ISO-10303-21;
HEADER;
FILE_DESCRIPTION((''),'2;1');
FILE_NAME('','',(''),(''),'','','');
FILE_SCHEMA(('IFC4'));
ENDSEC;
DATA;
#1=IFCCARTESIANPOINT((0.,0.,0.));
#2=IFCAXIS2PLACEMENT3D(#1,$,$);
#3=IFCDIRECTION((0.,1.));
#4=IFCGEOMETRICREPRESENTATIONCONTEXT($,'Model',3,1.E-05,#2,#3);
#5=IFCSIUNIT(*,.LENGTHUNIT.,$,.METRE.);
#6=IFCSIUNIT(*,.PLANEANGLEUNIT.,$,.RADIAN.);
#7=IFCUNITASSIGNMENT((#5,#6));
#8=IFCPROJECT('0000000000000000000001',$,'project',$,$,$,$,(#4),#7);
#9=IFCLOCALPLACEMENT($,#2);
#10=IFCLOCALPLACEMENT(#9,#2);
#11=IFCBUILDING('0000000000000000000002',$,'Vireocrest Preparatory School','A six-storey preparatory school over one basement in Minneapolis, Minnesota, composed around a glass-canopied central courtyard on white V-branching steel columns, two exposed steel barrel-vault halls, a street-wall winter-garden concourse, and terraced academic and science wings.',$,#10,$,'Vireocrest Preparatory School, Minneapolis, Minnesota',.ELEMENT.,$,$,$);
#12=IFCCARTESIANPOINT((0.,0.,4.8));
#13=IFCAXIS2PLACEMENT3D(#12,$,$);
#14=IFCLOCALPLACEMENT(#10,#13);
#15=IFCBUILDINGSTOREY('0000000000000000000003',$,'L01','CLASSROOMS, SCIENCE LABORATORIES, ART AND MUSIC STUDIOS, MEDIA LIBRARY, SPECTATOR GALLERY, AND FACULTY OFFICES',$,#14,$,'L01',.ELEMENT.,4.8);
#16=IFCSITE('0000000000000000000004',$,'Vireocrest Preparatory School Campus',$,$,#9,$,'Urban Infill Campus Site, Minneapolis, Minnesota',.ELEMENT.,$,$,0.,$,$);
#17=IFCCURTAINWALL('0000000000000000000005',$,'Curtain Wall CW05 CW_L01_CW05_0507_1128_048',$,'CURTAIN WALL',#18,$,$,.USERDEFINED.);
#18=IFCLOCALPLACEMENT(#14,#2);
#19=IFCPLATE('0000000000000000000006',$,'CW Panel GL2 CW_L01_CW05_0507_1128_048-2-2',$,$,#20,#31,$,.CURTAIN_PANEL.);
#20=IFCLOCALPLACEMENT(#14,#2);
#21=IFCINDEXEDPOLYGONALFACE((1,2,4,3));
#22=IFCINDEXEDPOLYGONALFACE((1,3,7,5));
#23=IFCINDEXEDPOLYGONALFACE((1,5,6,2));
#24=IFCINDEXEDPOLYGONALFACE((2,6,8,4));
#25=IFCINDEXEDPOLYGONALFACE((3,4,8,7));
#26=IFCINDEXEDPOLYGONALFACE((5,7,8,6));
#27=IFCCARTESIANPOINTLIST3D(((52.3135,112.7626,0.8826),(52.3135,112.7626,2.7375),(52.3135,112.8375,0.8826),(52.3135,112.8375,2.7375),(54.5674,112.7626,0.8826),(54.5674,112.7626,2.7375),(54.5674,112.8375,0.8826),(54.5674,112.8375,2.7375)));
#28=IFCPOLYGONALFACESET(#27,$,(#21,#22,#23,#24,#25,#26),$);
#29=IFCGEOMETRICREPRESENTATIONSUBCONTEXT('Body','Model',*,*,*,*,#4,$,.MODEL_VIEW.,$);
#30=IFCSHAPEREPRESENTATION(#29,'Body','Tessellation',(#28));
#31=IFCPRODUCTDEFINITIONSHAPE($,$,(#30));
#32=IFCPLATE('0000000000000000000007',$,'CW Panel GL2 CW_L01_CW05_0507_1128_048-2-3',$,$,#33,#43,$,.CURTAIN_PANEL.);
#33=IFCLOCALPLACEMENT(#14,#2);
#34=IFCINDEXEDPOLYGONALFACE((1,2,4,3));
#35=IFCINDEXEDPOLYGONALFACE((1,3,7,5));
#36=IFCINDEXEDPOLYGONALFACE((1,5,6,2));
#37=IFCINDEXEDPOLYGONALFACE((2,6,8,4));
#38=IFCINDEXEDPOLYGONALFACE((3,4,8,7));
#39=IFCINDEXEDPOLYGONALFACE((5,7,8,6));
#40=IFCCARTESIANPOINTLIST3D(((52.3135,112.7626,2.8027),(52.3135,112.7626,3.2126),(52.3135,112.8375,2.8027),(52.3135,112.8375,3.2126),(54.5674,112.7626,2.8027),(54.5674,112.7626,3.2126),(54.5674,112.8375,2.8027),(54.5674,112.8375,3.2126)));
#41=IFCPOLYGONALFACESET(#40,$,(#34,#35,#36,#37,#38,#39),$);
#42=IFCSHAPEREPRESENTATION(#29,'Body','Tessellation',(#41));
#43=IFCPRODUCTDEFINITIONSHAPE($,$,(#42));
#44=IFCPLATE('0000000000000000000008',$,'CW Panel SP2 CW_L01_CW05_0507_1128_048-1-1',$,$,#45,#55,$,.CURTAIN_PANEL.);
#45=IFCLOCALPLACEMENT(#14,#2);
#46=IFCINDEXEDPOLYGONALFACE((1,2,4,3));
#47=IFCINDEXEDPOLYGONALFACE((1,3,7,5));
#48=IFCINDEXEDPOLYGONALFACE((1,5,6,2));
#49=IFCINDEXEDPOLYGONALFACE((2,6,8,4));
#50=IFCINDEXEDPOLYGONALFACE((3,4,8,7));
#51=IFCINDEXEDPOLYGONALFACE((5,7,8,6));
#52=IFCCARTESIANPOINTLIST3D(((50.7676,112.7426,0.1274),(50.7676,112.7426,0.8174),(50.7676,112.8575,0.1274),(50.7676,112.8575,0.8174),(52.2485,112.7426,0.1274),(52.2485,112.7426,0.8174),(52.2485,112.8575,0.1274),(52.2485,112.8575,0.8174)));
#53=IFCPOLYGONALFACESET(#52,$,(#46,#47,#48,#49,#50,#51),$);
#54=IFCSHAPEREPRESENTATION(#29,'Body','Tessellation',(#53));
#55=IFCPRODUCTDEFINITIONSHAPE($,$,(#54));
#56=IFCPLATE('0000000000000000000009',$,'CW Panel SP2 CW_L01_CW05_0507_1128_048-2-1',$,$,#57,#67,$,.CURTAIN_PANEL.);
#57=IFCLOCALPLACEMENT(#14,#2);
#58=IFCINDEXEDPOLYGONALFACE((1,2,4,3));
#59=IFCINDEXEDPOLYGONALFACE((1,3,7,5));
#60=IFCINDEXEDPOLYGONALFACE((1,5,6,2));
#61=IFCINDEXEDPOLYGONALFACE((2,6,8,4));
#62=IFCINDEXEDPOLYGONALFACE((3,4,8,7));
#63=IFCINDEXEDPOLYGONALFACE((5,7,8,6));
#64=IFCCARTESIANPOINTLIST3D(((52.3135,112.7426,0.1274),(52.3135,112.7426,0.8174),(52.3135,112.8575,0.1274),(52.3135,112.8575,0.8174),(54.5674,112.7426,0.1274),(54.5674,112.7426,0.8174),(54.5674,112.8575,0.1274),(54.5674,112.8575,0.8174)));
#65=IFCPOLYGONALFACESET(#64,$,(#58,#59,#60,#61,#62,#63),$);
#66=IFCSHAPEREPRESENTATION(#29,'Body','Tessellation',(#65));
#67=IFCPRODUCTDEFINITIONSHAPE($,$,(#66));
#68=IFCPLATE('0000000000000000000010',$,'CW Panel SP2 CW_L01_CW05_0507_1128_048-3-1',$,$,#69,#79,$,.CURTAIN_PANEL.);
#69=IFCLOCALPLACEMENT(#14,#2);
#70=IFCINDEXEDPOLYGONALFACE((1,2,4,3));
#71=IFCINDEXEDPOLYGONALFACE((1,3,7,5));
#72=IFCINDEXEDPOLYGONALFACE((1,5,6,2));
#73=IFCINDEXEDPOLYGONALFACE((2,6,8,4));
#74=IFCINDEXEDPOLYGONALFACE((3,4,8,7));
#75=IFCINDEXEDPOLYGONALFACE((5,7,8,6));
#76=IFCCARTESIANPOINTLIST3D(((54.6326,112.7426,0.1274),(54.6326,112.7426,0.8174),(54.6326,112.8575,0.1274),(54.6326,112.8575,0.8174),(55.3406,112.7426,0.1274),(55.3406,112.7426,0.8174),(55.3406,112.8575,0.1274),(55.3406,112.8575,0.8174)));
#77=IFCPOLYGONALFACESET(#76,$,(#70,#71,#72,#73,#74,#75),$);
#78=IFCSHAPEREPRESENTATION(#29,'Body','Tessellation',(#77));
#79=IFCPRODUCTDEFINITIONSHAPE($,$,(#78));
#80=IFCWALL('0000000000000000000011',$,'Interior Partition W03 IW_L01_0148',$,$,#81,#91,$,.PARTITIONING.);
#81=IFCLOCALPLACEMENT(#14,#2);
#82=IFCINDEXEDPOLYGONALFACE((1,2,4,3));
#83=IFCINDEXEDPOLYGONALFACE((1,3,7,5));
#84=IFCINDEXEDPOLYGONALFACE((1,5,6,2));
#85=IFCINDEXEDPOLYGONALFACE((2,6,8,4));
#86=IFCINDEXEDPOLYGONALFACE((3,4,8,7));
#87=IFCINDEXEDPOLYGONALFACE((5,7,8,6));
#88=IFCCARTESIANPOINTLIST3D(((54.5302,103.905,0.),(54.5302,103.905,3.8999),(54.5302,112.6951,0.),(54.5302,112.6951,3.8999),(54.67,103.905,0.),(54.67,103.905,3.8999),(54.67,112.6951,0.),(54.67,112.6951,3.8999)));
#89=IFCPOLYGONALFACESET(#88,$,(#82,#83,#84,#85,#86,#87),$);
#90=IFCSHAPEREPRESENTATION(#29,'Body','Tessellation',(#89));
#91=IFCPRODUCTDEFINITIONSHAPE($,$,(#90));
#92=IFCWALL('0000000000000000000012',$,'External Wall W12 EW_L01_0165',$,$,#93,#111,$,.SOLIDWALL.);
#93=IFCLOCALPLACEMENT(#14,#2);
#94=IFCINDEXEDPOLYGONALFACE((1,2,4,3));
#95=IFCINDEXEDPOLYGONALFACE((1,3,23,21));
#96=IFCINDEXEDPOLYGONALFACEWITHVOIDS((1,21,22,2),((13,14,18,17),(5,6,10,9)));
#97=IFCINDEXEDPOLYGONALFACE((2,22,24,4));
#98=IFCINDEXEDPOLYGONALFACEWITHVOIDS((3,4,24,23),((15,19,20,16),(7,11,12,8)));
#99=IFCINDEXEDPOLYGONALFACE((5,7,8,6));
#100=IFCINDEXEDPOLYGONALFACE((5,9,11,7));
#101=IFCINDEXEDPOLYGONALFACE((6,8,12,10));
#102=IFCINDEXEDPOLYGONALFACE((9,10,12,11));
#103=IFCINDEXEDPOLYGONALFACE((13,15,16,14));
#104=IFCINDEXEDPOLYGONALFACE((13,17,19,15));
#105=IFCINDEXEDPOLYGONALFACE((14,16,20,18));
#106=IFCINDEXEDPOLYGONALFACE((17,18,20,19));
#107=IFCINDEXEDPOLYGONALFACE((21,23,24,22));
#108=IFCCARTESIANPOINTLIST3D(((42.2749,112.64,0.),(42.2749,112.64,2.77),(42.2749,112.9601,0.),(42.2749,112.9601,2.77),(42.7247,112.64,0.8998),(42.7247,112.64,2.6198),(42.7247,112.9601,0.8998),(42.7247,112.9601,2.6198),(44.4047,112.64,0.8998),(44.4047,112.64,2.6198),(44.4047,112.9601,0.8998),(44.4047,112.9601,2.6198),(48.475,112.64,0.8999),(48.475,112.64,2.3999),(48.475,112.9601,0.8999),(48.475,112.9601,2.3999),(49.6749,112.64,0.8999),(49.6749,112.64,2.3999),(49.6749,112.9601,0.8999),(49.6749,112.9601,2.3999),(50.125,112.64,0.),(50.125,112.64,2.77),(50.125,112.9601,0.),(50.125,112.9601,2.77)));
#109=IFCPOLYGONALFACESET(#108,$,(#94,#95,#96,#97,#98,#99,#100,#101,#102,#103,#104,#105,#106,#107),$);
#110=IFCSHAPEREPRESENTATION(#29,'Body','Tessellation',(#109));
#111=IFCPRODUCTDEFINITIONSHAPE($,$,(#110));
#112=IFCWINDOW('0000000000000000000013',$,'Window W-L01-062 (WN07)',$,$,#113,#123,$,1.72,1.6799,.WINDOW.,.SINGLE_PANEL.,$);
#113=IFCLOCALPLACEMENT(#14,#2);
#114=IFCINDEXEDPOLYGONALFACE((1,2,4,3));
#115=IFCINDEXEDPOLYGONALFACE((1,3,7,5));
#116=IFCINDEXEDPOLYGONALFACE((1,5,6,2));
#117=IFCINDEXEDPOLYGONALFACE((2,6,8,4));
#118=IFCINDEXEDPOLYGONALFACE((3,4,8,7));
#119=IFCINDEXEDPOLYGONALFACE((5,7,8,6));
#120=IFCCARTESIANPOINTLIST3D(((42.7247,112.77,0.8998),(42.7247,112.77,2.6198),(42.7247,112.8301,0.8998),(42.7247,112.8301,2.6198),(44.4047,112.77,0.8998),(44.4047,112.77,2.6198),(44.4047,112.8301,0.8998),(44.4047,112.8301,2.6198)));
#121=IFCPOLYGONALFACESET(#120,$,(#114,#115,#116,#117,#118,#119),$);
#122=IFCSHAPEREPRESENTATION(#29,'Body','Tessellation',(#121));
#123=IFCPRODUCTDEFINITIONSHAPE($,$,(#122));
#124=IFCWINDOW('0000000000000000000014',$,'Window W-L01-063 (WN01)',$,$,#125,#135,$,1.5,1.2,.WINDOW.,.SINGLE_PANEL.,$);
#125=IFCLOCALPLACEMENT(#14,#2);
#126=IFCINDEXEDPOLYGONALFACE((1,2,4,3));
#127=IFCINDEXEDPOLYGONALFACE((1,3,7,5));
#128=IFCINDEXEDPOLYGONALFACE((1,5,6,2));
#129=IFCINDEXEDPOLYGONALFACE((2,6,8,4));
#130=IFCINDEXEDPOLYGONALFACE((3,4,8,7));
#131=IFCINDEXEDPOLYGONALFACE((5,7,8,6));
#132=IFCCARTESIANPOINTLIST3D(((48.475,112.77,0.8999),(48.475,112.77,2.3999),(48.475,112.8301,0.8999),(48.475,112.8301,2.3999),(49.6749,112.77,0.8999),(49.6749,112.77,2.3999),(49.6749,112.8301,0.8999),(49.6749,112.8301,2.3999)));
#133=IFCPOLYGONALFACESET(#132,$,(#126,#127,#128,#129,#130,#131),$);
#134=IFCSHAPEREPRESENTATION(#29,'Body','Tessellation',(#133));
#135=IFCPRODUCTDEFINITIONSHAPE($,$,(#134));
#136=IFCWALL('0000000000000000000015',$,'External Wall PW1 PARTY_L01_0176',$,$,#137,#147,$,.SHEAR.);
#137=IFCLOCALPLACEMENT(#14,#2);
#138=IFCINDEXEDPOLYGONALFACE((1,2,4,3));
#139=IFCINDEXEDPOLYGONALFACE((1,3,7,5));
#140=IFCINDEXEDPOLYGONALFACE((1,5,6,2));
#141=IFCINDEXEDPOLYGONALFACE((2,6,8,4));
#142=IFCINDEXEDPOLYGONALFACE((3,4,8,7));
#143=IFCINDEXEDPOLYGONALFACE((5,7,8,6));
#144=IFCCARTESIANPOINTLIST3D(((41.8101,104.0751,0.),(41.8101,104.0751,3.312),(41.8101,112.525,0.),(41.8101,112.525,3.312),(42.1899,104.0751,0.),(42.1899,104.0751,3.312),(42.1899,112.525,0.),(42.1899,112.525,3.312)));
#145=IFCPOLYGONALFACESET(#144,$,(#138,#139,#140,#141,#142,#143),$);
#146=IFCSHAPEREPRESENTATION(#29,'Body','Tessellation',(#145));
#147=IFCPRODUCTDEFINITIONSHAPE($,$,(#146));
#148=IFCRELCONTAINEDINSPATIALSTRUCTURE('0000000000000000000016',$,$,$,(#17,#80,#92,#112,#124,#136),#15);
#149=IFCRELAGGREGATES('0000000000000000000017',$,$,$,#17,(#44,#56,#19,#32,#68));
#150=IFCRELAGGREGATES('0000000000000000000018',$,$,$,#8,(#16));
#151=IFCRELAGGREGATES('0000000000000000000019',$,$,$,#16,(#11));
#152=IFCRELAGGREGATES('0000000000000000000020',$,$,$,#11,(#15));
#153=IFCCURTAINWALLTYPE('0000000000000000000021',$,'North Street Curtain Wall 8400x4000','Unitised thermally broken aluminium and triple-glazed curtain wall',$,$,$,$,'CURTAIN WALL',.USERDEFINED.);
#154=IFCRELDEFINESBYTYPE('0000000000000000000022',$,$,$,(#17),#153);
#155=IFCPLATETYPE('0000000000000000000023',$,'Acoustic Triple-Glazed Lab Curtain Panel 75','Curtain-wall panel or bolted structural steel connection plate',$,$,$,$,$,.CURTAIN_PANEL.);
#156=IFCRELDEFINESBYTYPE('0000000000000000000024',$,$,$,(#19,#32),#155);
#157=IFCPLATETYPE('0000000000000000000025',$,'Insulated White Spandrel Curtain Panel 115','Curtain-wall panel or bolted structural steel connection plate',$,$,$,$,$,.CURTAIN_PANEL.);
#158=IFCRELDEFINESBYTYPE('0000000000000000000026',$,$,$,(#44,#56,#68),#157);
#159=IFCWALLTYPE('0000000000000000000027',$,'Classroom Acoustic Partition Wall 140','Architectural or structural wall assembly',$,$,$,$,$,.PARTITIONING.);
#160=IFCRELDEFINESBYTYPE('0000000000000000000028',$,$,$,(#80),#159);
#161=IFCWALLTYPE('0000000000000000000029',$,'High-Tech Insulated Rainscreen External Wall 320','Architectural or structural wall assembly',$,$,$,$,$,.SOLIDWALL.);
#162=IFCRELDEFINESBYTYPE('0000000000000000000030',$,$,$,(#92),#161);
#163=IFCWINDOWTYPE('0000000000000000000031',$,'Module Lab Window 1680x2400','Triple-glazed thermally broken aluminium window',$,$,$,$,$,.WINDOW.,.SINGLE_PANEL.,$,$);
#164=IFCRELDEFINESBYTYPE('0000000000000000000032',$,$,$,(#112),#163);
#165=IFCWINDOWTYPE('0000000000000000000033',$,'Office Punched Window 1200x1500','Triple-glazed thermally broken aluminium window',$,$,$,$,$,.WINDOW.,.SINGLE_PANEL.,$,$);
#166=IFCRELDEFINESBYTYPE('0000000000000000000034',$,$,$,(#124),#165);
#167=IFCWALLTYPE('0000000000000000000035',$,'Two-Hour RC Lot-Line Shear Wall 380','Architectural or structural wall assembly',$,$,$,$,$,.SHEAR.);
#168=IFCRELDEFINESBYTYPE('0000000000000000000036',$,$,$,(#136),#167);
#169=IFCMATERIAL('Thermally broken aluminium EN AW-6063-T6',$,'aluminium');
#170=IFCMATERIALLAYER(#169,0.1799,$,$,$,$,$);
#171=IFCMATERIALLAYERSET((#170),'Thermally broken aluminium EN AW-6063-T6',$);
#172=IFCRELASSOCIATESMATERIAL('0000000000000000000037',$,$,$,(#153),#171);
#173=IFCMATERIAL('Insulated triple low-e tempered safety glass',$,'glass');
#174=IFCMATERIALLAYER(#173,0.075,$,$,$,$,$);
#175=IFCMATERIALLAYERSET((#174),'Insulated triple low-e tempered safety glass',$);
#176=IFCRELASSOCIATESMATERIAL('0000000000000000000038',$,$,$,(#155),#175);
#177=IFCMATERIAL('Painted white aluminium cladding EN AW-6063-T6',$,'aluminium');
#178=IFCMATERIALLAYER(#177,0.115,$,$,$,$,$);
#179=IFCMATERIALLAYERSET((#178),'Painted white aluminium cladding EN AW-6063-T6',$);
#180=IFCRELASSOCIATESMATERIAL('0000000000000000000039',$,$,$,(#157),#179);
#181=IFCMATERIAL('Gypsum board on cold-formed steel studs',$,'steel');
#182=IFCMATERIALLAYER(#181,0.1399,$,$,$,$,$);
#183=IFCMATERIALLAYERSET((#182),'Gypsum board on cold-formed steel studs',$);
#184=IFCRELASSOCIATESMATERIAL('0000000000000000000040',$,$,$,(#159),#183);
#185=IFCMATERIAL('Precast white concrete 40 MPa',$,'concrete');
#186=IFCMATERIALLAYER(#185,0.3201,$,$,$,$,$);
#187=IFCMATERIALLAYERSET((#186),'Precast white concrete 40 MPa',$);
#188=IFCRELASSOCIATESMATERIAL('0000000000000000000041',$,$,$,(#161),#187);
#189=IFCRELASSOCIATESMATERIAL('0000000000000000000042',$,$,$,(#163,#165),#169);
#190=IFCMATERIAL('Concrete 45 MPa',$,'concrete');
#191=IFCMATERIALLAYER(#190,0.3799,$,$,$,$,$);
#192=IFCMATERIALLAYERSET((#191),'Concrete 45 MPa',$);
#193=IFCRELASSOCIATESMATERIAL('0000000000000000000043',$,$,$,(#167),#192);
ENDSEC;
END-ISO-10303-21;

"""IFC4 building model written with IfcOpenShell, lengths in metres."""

from ifc_helpers import new_model, si_unit, direction, frame, frame_2d, origin, origin_2d, place, context, subcontext, project, spatial, rectangle, extrude, material, layer, layer_set, type_object, element, fill, aggregate, save


model = new_model("IFC4")

# Units and contexts
model_context = context("Model", 3, precision=1e-05, world=origin(), true_north=direction((0.0, 1.0)))
body_context = subcontext(model_context, "Body", "Model", "MODEL_VIEW")
ifc_project = project(units=[si_unit("LENGTHUNIT", "METRE"), si_unit("PLANEANGLEUNIT", "RADIAN")], contexts=[model_context])

# Site, building, storey
site_placement = place(None, origin())
site = spatial("IfcSite", under=ifc_project, at=site_placement, Name="Vireocrest Preparatory School Campus", LongName="Urban Infill Campus Site, Minneapolis, Minnesota", CompositionType="ELEMENT", RefElevation=0.0)
building_placement = place(site_placement, origin())
building = spatial("IfcBuilding", under=site, at=building_placement, Name="Vireocrest Preparatory School", Description="A six-storey preparatory school over one basement in Minneapolis, Minnesota, composed around a glass-canopied central courtyard on white V-branching steel columns, two exposed steel barrel-vault halls, a street-wall winter-garden concourse, and terraced academic and science wings.", LongName="Vireocrest Preparatory School, Minneapolis, Minnesota", CompositionType="ELEMENT")
storey_placement = place(building_placement, frame((0.0, 0.0, 4.8)))
storey = spatial("IfcBuildingStorey", under=building, at=storey_placement, Name="L01", Description="CLASSROOMS, SCIENCE LABORATORIES, ART AND MUSIC STUDIOS, MEDIA LIBRARY, SPECTATOR GALLERY, AND FACULTY OFFICES", LongName="L01", CompositionType="ELEMENT", Elevation=4.8)

# Shared definitions
ifc_material_1 = material(Name="Concrete 45 MPa", Category="concrete")

# Curtain wall
ifc_material_2 = material(Name="Thermally broken aluminium EN AW-6063-T6", Category="aluminium")
ifc_layer_1 = layer(ifc_material_2, 0.1799)
ifc_layer_set_1 = layer_set([ifc_layer_1], Name="Thermally broken aluminium EN AW-6063-T6")
curtain_wall_type = type_object("IfcCurtainWallType", Name="North Street Curtain Wall 8400x4000", Description="Unitised thermally broken aluminium and triple-glazed curtain wall", ElementType="CURTAIN WALL", PredefinedType="USERDEFINED", material=ifc_layer_set_1)
curtain_wall_placement = place(storey_placement, origin())
curtain_wall = element("IfcCurtainWall", 1, at=curtain_wall_placement, inside=storey, type_object=curtain_wall_type, Name="Curtain Wall CW05 CW_L01_CW05_0507_1128_048", ObjectType="CURTAIN WALL", PredefinedType="USERDEFINED")

# Plates
ifc_material_3 = material(Name="Insulated triple low-e tempered safety glass", Category="glass")
ifc_layer_2 = layer(ifc_material_3, 0.075)
ifc_layer_set_2 = layer_set([ifc_layer_2], Name="Insulated triple low-e tempered safety glass")
plate_type_1 = type_object("IfcPlateType", Name="Acoustic Triple-Glazed Lab Curtain Panel 75", Description="Curtain-wall panel or bolted structural steel connection plate", PredefinedType="CURTAIN_PANEL", material=ifc_layer_set_2)
plate_1_placement = place(storey_placement, frame((53.4404, 112.8, 0.8826), z_axis=(0.0, 0.0, 1.0), x_axis=(1.0, 0.0, 0.0)))
plate_1 = element("IfcPlate", 2, at=plate_1_placement, type_object=plate_type_1, Name="CW Panel GL2 CW_L01_CW05_0507_1128_048-2-2", PredefinedType="CURTAIN_PANEL", context=body_context, shape_type="SweptSolid", body=[
    extrude(rectangle(XDim=2.2539, YDim=0.075, at=origin_2d()), origin(), (0.0, 0.0, 1.0), 1.855),
])
plate_2_placement = place(storey_placement, frame((53.4404, 112.8, 2.8027), z_axis=(0.0, 0.0, 1.0), x_axis=(1.0, 0.0, 0.0)))
plate_2 = element("IfcPlate", 3, at=plate_2_placement, type_object=plate_type_1, Name="CW Panel GL2 CW_L01_CW05_0507_1128_048-2-3", PredefinedType="CURTAIN_PANEL", context=body_context, shape_type="SweptSolid", body=[
    extrude(rectangle(XDim=2.2539, YDim=0.075, at=origin_2d()), origin(), (0.0, 0.0, 1.0), 0.4099),
])
ifc_material_4 = material(Name="Painted white aluminium cladding EN AW-6063-T6", Category="aluminium")
ifc_layer_3 = layer(ifc_material_4, 0.115)
ifc_layer_set_3 = layer_set([ifc_layer_3], Name="Painted white aluminium cladding EN AW-6063-T6")
plate_type_2 = type_object("IfcPlateType", Name="Insulated White Spandrel Curtain Panel 115", Description="Curtain-wall panel or bolted structural steel connection plate", PredefinedType="CURTAIN_PANEL", material=ifc_layer_set_3)
plate_3_placement = place(storey_placement, frame((51.5081, 112.8, 0.1274), z_axis=(0.0, 0.0, 1.0), x_axis=(1.0, 0.0, 0.0)))
plate_3 = element("IfcPlate", 4, at=plate_3_placement, type_object=plate_type_2, Name="CW Panel SP2 CW_L01_CW05_0507_1128_048-1-1", PredefinedType="CURTAIN_PANEL", context=body_context, shape_type="SweptSolid", body=[
    extrude(rectangle(XDim=1.481, YDim=0.115, at=origin_2d()), origin(), (0.0, 0.0, 1.0), 0.6899),
])
plate_4_placement = place(storey_placement, frame((53.4404, 112.8, 0.1274), z_axis=(0.0, 0.0, 1.0), x_axis=(1.0, 0.0, 0.0)))
plate_4 = element("IfcPlate", 5, at=plate_4_placement, type_object=plate_type_2, Name="CW Panel SP2 CW_L01_CW05_0507_1128_048-2-1", PredefinedType="CURTAIN_PANEL", context=body_context, shape_type="SweptSolid", body=[
    extrude(rectangle(XDim=2.2539, YDim=0.115, at=origin_2d()), origin(), (0.0, 0.0, 1.0), 0.6899),
])
plate_5_placement = place(storey_placement, frame((54.9866, 112.8, 0.1274), z_axis=(0.0, 0.0, 1.0), x_axis=(1.0, 0.0, 0.0)))
plate_5 = element("IfcPlate", 6, at=plate_5_placement, type_object=plate_type_2, Name="CW Panel SP2 CW_L01_CW05_0507_1128_048-3-1", PredefinedType="CURTAIN_PANEL", context=body_context, shape_type="SweptSolid", body=[
    extrude(rectangle(XDim=0.708, YDim=0.115, at=origin_2d()), origin(), (0.0, 0.0, 1.0), 0.6899),
])
aggregate(curtain_wall, [plate_3, plate_4, plate_1, plate_2, plate_5])

# Wall
ifc_material_5 = material(Name="Gypsum board on cold-formed steel studs", Category="steel")
ifc_layer_4 = layer(ifc_material_5, 0.1399)
ifc_layer_set_4 = layer_set([ifc_layer_4], Name="Gypsum board on cold-formed steel studs")
wall_type_1 = type_object("IfcWallType", Name="Classroom Acoustic Partition Wall 140", Description="Architectural or structural wall assembly", PredefinedType="PARTITIONING", material=ifc_layer_set_4)
wall_1_placement = place(storey_placement, frame((54.6001, 103.905, 0.0), z_axis=(0.0, 0.0, 1.0), x_axis=(0.0, 1.0, 0.0)))
element("IfcWall", 7, at=wall_1_placement, inside=storey, type_object=wall_type_1, Name="Interior Partition W03 IW_L01_0148", PredefinedType="PARTITIONING", context=body_context, shape_type="SweptSolid", body=[
    extrude(rectangle(XDim=8.79, YDim=0.1399, at=frame_2d((4.395, 0.0))), origin(), (0.0, 0.0, 1.0), 3.8999),
])

# Wall, openings, windows
ifc_material_6 = material(Name="Precast white concrete 40 MPa", Category="concrete")
ifc_layer_5 = layer(ifc_material_6, 0.3201)
ifc_layer_set_5 = layer_set([ifc_layer_5], Name="Precast white concrete 40 MPa")
wall_type_2 = type_object("IfcWallType", Name="High-Tech Insulated Rainscreen External Wall 320", Description="Architectural or structural wall assembly", PredefinedType="SOLIDWALL", material=ifc_layer_set_5)
wall_2_placement = place(storey_placement, frame((42.2749, 112.8, 0.0), z_axis=(0.0, 0.0, 1.0), x_axis=(1.0, 0.0, 0.0)))
wall_2 = element("IfcWall", 8, at=wall_2_placement, inside=storey, type_object=wall_type_2, Name="External Wall W12 EW_L01_0165", PredefinedType="SOLIDWALL", context=body_context, shape_type="SweptSolid", body=[
    extrude(rectangle(XDim=7.8501, YDim=0.3201, at=frame_2d((3.925, 0.0))), origin(), (0.0, 0.0, 1.0), 2.77),
])
opening_1_placement = place(wall_2_placement, frame((0.45, 0.0, 0.8999)))
opening_1 = element("IfcOpeningElement", 9, at=opening_1_placement, cuts=wall_2, PredefinedType="OPENING", context=body_context, shape_type="SweptSolid", body=[
    extrude(rectangle(XDim=1.6799, YDim=1.72, at=frame_2d((0.8398, 0.8599))), frame((0.0, 0.1699, 0.0), z_axis=(0.0, -1.0, 0.0), x_axis=(1.0, 0.0, 0.0)), (0.0, 0.0, 1.0), 0.3401),
])
opening_2_placement = place(wall_2_placement, frame((6.2, 0.0, 0.8999)))
opening_2 = element("IfcOpeningElement", 10, at=opening_2_placement, cuts=wall_2, PredefinedType="OPENING", context=body_context, shape_type="SweptSolid", body=[
    extrude(rectangle(XDim=1.2, YDim=1.5, at=frame_2d((0.6001, 0.75))), frame((0.0, 0.1699, 0.0), z_axis=(0.0, -1.0, 0.0), x_axis=(1.0, 0.0, 0.0)), (0.0, 0.0, 1.0), 0.3401),
])
window_type_1 = type_object("IfcWindowType", Name="Module Lab Window 1680x2400", Description="Triple-glazed thermally broken aluminium window", PartitioningType="SINGLE_PANEL", PredefinedType="WINDOW", material=ifc_material_2)
window_1_placement = place(opening_1_placement, origin())
window_1 = element("IfcWindow", 11, at=window_1_placement, inside=storey, type_object=window_type_1, Name="Window W-L01-062 (WN07)", OverallHeight=1.72, OverallWidth=1.6799, PartitioningType="SINGLE_PANEL", PredefinedType="WINDOW", context=body_context, shape_type="SweptSolid", body=[
    extrude(rectangle(XDim=1.6799, YDim=1.72, at=frame_2d((0.8398, 0.8599))), frame((0.0, 0.03, 0.0), z_axis=(0.0, -1.0, 0.0), x_axis=(1.0, 0.0, 0.0)), (0.0, 0.0, 1.0), 0.0601),
])
fill(opening_1, window_1)
window_type_2 = type_object("IfcWindowType", Name="Office Punched Window 1200x1500", Description="Triple-glazed thermally broken aluminium window", PartitioningType="SINGLE_PANEL", PredefinedType="WINDOW", material=ifc_material_2)
window_2_placement = place(opening_2_placement, origin())
window_2 = element("IfcWindow", 12, at=window_2_placement, inside=storey, type_object=window_type_2, Name="Window W-L01-063 (WN01)", OverallHeight=1.5, OverallWidth=1.2, PartitioningType="SINGLE_PANEL", PredefinedType="WINDOW", context=body_context, shape_type="SweptSolid", body=[
    extrude(rectangle(XDim=1.2, YDim=1.5, at=frame_2d((0.6001, 0.75))), frame((0.0, 0.03, 0.0), z_axis=(0.0, -1.0, 0.0), x_axis=(1.0, 0.0, 0.0)), (0.0, 0.0, 1.0), 0.0601),
])
fill(opening_2, window_2)

# Wall
ifc_layer_6 = layer(ifc_material_1, 0.3799)
ifc_layer_set_6 = layer_set([ifc_layer_6], Name="Concrete 45 MPa")
wall_type_3 = type_object("IfcWallType", Name="Two-Hour RC Lot-Line Shear Wall 380", Description="Architectural or structural wall assembly", PredefinedType="SHEAR", material=ifc_layer_set_6)
wall_3_placement = place(storey_placement, frame((42.0, 104.075, 0.0), z_axis=(0.0, 0.0, 1.0), x_axis=(0.0, 1.0, 0.0)))
element("IfcWall", 13, at=wall_3_placement, inside=storey, type_object=wall_type_3, Name="External Wall PW1 PARTY_L01_0176", PredefinedType="SHEAR", context=body_context, shape_type="SweptSolid", body=[
    extrude(rectangle(XDim=8.45, YDim=0.3799, at=frame_2d((4.2251, 0.0))), origin(), (0.0, 0.0, 1.0), 3.312),
])

save(model, "model.ifc")
